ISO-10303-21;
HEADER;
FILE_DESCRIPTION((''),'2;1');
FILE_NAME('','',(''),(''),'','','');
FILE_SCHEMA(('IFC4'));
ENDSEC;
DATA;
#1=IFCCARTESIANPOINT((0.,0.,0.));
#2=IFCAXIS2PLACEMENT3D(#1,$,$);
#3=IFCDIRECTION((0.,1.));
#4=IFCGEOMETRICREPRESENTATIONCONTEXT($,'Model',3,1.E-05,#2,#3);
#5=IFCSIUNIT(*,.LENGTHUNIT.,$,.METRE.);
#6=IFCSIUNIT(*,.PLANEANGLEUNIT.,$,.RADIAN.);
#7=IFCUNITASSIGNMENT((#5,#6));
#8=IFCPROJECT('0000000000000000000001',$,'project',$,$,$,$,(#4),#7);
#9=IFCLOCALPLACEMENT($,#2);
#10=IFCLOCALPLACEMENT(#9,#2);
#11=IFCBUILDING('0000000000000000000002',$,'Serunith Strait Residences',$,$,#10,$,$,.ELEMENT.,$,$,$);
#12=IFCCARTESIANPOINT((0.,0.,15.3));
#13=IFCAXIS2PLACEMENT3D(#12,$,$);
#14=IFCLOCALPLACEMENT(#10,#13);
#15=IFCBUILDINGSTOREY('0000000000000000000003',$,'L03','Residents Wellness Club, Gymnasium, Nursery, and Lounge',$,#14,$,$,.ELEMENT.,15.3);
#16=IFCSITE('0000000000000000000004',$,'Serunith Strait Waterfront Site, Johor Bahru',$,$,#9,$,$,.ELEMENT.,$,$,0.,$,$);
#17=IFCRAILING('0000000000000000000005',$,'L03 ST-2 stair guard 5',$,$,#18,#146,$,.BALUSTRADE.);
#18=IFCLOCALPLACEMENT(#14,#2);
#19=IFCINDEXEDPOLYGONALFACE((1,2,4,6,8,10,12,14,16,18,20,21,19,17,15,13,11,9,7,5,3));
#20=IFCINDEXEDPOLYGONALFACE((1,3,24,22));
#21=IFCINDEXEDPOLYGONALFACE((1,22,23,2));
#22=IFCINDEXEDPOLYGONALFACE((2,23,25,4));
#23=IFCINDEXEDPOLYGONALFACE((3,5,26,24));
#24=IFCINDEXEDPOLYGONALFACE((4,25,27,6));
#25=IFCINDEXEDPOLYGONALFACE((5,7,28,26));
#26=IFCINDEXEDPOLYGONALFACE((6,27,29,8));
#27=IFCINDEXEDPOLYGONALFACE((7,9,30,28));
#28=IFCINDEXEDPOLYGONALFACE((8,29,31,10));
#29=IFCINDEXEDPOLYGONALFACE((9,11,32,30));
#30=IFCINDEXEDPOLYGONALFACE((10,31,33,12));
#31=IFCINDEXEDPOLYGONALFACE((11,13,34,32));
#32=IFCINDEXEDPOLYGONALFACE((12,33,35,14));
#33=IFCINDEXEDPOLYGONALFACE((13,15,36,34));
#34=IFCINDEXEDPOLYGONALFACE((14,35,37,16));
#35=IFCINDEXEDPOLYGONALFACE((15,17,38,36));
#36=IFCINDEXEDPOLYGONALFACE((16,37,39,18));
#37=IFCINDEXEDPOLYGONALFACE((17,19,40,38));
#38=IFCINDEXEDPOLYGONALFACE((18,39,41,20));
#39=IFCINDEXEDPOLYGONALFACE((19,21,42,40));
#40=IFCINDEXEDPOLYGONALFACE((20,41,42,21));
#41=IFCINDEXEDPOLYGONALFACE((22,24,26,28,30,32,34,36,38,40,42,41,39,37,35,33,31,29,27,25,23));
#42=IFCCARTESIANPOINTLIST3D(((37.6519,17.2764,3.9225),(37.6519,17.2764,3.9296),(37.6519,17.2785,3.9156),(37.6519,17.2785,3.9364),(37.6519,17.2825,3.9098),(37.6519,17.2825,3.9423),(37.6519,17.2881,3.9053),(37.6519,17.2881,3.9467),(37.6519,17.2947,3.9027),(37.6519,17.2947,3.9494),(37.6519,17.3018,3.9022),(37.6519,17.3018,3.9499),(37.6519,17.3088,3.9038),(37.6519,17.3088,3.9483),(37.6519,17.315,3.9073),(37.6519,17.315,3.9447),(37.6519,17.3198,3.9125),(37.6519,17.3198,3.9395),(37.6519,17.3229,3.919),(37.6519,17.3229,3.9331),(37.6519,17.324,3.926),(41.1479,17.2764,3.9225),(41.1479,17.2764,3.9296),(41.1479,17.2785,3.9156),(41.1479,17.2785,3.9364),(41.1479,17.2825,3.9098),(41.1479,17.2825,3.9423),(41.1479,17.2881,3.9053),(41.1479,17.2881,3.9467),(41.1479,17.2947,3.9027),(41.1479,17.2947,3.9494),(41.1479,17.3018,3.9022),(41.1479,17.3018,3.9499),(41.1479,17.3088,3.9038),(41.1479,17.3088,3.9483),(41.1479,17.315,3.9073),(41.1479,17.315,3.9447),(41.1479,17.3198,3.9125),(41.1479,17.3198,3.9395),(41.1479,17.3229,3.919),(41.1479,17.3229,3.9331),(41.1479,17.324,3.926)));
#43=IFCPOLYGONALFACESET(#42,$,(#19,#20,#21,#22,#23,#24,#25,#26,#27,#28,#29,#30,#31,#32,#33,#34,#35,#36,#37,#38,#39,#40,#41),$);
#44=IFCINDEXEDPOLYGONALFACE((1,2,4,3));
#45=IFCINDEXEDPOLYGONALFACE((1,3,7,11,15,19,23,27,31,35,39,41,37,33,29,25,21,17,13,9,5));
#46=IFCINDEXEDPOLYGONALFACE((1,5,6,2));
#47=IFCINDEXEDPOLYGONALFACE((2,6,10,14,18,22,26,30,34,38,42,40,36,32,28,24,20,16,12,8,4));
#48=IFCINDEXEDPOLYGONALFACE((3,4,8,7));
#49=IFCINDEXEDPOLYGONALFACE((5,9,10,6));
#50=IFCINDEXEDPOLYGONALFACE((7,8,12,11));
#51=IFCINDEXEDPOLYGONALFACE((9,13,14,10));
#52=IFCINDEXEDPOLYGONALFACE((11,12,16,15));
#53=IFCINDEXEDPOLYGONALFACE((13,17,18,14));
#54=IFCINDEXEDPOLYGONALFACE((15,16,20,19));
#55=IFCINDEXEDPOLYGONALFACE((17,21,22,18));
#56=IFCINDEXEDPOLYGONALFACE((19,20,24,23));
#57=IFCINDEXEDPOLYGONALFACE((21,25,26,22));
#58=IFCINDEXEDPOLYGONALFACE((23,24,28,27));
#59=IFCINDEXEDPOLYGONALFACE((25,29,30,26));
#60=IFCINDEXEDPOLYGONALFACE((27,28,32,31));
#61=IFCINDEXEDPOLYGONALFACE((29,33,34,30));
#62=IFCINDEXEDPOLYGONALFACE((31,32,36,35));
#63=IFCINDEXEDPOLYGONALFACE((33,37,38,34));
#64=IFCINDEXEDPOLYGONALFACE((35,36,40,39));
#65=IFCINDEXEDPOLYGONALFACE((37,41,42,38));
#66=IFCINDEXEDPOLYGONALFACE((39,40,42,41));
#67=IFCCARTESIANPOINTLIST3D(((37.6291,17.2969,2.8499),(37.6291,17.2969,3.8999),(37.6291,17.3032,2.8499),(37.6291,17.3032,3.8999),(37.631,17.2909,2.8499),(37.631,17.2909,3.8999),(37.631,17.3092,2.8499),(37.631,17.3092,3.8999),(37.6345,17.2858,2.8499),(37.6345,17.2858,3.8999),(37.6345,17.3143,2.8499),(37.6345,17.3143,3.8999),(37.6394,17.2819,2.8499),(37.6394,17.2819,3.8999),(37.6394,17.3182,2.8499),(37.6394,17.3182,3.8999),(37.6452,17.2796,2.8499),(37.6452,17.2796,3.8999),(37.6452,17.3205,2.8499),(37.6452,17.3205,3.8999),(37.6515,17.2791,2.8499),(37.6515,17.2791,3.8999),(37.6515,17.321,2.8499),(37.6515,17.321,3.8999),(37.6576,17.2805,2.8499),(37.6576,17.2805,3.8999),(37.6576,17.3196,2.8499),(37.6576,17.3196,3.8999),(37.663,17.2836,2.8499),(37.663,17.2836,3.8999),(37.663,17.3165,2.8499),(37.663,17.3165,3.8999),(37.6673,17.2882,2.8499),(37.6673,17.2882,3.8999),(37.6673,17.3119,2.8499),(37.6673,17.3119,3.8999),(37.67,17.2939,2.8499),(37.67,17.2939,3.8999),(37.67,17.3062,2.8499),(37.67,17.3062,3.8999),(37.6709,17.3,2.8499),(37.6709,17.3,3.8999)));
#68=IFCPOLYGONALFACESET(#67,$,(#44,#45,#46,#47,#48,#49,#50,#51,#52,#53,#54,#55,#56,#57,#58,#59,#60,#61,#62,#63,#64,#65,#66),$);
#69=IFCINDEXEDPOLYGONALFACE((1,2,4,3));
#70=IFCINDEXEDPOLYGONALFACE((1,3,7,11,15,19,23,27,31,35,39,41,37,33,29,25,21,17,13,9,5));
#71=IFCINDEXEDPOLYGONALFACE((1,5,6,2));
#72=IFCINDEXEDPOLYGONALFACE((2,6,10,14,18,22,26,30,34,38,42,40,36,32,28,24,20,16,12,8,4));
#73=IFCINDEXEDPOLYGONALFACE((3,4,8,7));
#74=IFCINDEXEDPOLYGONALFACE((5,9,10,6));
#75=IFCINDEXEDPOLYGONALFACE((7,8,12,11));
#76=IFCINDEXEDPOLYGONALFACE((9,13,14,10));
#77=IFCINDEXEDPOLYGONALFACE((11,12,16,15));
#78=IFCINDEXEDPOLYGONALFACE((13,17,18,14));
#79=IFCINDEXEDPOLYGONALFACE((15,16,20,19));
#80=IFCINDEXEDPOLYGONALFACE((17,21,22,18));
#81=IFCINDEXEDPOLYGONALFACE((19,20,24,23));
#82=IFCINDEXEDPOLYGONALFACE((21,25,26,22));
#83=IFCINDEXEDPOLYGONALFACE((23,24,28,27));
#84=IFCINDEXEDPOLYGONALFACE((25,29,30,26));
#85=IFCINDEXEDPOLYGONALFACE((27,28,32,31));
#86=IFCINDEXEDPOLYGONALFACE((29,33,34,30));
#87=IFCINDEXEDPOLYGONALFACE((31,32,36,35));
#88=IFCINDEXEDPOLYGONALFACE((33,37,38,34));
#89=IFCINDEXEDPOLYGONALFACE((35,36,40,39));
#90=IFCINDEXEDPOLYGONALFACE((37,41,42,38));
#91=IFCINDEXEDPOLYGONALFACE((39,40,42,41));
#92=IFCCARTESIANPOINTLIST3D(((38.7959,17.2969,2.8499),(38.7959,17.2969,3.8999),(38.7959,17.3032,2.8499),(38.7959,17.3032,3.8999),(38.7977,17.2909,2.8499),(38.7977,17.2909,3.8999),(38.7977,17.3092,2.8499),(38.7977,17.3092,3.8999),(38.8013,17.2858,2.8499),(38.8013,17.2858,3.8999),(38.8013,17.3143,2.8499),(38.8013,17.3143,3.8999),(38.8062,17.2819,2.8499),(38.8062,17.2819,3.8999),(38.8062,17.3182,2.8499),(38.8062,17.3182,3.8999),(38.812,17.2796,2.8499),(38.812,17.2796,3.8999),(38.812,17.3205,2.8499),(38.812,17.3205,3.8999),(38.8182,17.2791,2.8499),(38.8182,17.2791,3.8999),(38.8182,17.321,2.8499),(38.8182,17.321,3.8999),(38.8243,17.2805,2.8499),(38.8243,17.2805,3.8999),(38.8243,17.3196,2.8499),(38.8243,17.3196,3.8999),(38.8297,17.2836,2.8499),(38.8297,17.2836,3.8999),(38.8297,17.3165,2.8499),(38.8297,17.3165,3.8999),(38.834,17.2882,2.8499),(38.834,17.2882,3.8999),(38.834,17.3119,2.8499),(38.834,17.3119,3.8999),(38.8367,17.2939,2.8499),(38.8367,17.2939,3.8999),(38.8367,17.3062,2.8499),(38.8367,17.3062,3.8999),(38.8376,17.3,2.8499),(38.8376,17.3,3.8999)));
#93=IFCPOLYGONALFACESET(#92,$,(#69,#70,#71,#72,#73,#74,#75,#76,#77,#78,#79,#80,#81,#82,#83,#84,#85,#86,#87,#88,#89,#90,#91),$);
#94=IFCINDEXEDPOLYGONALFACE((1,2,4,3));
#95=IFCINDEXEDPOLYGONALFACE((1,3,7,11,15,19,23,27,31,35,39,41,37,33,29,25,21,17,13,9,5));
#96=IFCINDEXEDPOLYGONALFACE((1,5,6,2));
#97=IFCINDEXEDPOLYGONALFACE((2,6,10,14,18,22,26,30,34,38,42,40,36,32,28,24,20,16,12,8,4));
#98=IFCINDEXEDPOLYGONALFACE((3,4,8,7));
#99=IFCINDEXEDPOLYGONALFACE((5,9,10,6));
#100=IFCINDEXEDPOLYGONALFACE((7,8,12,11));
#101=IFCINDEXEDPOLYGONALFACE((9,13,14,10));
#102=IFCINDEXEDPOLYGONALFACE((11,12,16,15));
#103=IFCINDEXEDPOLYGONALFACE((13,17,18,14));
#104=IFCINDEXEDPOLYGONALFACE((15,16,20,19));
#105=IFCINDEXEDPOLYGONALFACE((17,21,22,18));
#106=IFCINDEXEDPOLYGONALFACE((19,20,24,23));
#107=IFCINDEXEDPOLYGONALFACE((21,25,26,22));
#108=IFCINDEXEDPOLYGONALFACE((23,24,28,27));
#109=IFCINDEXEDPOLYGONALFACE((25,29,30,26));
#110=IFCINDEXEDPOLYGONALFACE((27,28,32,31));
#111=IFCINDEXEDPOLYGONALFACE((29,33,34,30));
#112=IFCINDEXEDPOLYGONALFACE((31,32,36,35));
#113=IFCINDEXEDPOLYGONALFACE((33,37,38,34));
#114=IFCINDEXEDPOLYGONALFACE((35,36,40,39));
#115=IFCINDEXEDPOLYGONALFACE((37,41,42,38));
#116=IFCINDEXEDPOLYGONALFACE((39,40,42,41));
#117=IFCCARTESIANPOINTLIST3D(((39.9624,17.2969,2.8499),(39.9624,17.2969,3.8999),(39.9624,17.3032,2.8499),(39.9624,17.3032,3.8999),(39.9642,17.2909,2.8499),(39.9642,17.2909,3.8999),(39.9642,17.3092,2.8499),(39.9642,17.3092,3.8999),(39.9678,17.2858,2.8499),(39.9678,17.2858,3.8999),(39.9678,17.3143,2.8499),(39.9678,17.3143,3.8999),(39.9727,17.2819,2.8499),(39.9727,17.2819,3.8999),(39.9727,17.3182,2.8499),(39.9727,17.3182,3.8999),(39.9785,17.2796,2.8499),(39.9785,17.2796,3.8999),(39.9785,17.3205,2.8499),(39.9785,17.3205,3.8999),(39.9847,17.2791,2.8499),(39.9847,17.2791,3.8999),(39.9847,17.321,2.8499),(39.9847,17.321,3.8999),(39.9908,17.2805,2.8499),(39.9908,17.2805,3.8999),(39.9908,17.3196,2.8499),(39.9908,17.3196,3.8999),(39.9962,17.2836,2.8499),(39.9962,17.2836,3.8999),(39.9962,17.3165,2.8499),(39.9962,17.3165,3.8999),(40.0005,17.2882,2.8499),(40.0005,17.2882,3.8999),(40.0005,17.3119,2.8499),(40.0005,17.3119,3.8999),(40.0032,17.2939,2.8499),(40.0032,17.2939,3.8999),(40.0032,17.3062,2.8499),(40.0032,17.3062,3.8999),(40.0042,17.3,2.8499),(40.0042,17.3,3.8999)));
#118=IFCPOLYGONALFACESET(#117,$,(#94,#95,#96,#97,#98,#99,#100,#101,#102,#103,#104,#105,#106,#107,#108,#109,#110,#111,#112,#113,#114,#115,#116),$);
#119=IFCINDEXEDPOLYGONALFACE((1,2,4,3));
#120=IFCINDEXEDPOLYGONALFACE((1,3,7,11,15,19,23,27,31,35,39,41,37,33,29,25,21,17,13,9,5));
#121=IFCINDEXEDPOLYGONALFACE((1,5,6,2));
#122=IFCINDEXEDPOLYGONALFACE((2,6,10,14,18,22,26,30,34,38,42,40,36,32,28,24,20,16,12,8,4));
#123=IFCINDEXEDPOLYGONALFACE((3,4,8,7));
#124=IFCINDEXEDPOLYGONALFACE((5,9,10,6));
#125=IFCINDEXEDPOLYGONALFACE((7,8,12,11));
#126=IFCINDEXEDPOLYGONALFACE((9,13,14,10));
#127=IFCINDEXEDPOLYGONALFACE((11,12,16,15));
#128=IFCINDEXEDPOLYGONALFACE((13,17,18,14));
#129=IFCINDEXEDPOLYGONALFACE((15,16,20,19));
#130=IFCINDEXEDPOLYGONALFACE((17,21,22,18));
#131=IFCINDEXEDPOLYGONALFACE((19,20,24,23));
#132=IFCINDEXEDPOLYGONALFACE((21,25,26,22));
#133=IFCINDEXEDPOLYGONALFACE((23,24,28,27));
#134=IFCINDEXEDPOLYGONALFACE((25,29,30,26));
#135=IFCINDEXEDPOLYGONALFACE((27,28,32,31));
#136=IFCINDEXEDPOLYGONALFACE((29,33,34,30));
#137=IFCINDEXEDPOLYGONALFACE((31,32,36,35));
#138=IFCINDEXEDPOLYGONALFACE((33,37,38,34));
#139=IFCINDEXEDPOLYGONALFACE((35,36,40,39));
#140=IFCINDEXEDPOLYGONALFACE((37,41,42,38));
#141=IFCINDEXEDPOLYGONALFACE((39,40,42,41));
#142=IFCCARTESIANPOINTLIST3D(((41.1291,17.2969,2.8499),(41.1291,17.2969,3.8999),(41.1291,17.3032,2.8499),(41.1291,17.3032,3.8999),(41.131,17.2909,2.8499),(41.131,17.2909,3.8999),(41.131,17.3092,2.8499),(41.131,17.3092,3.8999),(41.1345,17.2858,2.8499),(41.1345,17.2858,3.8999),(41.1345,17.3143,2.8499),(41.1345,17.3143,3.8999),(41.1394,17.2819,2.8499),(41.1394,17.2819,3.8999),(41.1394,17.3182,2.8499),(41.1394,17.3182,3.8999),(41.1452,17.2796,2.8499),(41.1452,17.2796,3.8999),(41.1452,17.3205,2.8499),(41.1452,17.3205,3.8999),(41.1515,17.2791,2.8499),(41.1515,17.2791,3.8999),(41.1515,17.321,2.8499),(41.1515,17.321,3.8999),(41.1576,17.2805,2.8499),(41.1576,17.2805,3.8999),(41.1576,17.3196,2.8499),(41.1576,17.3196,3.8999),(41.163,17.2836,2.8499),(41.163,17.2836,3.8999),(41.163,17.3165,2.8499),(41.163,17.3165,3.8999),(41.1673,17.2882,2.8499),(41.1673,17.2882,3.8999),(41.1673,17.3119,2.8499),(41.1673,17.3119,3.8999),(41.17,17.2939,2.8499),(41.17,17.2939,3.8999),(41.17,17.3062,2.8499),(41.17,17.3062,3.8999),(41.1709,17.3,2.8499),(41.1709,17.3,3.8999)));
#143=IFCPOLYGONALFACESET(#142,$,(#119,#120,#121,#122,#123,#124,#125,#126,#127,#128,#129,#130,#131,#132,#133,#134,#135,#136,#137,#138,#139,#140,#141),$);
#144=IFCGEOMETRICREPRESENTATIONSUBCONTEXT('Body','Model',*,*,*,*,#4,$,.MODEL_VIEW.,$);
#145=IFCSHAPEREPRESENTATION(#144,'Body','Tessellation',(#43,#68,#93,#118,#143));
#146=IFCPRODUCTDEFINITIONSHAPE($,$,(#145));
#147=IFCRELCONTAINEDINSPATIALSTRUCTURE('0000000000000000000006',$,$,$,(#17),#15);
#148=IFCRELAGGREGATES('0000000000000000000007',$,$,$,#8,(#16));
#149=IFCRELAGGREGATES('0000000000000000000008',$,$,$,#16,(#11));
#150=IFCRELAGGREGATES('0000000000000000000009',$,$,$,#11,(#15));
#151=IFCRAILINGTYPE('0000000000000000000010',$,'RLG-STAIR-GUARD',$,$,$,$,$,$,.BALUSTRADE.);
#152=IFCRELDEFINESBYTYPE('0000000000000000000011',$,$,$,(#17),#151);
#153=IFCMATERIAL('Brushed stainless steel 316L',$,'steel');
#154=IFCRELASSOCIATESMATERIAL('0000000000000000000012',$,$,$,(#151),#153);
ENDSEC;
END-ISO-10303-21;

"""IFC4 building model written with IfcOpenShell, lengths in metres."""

from ifc_helpers import new_model, si_unit, direction, frame, origin, origin_2d, place, context, subcontext, project, spatial, circle, extrude, material, type_object, element, save


model = new_model("IFC4")

# Units and contexts
model_context = context("Model", 3, precision=1e-05, world=origin(), true_north=direction((0.0, 1.0)))
body_context = subcontext(model_context, "Body", "Model", "MODEL_VIEW")
ifc_project = project(units=[si_unit("LENGTHUNIT", "METRE"), si_unit("PLANEANGLEUNIT", "RADIAN")], contexts=[model_context])

# Site, building, storey
site_placement = place(None, origin())
site = spatial("IfcSite", under=ifc_project, at=site_placement, Name="Serunith Strait Waterfront Site, Johor Bahru", CompositionType="ELEMENT", RefElevation=0.0)
building_placement = place(site_placement, origin())
building = spatial("IfcBuilding", under=site, at=building_placement, Name="Serunith Strait Residences", CompositionType="ELEMENT")
storey_placement = place(building_placement, frame((0.0, 0.0, 15.3)))
storey = spatial("IfcBuildingStorey", under=building, at=storey_placement, Name="L03", Description="Residents Wellness Club, Gymnasium, Nursery, and Lounge", CompositionType="ELEMENT", Elevation=15.3)

# Railing
ifc_material_1 = material(Name="Brushed stainless steel 316L", Category="steel")
railing_type = type_object("IfcRailingType", Name="RLG-STAIR-GUARD", PredefinedType="BALUSTRADE", material=ifc_material_1)
railing_1_placement = place(storey_placement, frame((37.6499, 17.3, 2.8499)))
element("IfcRailing", 1, at=railing_1_placement, inside=storey, type_object=railing_type, Name="L03 ST-2 stair guard 5", PredefinedType="BALUSTRADE", context=body_context, shape_type="SweptSolid", body=[
    extrude(circle(Radius=0.0239, at=origin_2d()), frame((0.002, 0.0, 1.0762), z_axis=(1.0, 0.0, 0.0), x_axis=(0.0, 1.0, 0.0)), (0.0, 0.0, 1.0), 3.4961),
    extrude(circle(Radius=0.021, at=origin_2d()), origin(), (0.0, 0.0, 1.0), 1.05),
    extrude(circle(Radius=0.021, at=origin_2d()), frame((1.1667, 0.0, 0.0)), (0.0, 0.0, 1.0), 1.05),
    extrude(circle(Radius=0.021, at=origin_2d()), frame((2.3333, 0.0, 0.0)), (0.0, 0.0, 1.0), 1.05),
    extrude(circle(Radius=0.021, at=origin_2d()), frame((3.5, 0.0, 0.0)), (0.0, 0.0, 1.0), 1.05),
])

save(model, "model.ifc")
